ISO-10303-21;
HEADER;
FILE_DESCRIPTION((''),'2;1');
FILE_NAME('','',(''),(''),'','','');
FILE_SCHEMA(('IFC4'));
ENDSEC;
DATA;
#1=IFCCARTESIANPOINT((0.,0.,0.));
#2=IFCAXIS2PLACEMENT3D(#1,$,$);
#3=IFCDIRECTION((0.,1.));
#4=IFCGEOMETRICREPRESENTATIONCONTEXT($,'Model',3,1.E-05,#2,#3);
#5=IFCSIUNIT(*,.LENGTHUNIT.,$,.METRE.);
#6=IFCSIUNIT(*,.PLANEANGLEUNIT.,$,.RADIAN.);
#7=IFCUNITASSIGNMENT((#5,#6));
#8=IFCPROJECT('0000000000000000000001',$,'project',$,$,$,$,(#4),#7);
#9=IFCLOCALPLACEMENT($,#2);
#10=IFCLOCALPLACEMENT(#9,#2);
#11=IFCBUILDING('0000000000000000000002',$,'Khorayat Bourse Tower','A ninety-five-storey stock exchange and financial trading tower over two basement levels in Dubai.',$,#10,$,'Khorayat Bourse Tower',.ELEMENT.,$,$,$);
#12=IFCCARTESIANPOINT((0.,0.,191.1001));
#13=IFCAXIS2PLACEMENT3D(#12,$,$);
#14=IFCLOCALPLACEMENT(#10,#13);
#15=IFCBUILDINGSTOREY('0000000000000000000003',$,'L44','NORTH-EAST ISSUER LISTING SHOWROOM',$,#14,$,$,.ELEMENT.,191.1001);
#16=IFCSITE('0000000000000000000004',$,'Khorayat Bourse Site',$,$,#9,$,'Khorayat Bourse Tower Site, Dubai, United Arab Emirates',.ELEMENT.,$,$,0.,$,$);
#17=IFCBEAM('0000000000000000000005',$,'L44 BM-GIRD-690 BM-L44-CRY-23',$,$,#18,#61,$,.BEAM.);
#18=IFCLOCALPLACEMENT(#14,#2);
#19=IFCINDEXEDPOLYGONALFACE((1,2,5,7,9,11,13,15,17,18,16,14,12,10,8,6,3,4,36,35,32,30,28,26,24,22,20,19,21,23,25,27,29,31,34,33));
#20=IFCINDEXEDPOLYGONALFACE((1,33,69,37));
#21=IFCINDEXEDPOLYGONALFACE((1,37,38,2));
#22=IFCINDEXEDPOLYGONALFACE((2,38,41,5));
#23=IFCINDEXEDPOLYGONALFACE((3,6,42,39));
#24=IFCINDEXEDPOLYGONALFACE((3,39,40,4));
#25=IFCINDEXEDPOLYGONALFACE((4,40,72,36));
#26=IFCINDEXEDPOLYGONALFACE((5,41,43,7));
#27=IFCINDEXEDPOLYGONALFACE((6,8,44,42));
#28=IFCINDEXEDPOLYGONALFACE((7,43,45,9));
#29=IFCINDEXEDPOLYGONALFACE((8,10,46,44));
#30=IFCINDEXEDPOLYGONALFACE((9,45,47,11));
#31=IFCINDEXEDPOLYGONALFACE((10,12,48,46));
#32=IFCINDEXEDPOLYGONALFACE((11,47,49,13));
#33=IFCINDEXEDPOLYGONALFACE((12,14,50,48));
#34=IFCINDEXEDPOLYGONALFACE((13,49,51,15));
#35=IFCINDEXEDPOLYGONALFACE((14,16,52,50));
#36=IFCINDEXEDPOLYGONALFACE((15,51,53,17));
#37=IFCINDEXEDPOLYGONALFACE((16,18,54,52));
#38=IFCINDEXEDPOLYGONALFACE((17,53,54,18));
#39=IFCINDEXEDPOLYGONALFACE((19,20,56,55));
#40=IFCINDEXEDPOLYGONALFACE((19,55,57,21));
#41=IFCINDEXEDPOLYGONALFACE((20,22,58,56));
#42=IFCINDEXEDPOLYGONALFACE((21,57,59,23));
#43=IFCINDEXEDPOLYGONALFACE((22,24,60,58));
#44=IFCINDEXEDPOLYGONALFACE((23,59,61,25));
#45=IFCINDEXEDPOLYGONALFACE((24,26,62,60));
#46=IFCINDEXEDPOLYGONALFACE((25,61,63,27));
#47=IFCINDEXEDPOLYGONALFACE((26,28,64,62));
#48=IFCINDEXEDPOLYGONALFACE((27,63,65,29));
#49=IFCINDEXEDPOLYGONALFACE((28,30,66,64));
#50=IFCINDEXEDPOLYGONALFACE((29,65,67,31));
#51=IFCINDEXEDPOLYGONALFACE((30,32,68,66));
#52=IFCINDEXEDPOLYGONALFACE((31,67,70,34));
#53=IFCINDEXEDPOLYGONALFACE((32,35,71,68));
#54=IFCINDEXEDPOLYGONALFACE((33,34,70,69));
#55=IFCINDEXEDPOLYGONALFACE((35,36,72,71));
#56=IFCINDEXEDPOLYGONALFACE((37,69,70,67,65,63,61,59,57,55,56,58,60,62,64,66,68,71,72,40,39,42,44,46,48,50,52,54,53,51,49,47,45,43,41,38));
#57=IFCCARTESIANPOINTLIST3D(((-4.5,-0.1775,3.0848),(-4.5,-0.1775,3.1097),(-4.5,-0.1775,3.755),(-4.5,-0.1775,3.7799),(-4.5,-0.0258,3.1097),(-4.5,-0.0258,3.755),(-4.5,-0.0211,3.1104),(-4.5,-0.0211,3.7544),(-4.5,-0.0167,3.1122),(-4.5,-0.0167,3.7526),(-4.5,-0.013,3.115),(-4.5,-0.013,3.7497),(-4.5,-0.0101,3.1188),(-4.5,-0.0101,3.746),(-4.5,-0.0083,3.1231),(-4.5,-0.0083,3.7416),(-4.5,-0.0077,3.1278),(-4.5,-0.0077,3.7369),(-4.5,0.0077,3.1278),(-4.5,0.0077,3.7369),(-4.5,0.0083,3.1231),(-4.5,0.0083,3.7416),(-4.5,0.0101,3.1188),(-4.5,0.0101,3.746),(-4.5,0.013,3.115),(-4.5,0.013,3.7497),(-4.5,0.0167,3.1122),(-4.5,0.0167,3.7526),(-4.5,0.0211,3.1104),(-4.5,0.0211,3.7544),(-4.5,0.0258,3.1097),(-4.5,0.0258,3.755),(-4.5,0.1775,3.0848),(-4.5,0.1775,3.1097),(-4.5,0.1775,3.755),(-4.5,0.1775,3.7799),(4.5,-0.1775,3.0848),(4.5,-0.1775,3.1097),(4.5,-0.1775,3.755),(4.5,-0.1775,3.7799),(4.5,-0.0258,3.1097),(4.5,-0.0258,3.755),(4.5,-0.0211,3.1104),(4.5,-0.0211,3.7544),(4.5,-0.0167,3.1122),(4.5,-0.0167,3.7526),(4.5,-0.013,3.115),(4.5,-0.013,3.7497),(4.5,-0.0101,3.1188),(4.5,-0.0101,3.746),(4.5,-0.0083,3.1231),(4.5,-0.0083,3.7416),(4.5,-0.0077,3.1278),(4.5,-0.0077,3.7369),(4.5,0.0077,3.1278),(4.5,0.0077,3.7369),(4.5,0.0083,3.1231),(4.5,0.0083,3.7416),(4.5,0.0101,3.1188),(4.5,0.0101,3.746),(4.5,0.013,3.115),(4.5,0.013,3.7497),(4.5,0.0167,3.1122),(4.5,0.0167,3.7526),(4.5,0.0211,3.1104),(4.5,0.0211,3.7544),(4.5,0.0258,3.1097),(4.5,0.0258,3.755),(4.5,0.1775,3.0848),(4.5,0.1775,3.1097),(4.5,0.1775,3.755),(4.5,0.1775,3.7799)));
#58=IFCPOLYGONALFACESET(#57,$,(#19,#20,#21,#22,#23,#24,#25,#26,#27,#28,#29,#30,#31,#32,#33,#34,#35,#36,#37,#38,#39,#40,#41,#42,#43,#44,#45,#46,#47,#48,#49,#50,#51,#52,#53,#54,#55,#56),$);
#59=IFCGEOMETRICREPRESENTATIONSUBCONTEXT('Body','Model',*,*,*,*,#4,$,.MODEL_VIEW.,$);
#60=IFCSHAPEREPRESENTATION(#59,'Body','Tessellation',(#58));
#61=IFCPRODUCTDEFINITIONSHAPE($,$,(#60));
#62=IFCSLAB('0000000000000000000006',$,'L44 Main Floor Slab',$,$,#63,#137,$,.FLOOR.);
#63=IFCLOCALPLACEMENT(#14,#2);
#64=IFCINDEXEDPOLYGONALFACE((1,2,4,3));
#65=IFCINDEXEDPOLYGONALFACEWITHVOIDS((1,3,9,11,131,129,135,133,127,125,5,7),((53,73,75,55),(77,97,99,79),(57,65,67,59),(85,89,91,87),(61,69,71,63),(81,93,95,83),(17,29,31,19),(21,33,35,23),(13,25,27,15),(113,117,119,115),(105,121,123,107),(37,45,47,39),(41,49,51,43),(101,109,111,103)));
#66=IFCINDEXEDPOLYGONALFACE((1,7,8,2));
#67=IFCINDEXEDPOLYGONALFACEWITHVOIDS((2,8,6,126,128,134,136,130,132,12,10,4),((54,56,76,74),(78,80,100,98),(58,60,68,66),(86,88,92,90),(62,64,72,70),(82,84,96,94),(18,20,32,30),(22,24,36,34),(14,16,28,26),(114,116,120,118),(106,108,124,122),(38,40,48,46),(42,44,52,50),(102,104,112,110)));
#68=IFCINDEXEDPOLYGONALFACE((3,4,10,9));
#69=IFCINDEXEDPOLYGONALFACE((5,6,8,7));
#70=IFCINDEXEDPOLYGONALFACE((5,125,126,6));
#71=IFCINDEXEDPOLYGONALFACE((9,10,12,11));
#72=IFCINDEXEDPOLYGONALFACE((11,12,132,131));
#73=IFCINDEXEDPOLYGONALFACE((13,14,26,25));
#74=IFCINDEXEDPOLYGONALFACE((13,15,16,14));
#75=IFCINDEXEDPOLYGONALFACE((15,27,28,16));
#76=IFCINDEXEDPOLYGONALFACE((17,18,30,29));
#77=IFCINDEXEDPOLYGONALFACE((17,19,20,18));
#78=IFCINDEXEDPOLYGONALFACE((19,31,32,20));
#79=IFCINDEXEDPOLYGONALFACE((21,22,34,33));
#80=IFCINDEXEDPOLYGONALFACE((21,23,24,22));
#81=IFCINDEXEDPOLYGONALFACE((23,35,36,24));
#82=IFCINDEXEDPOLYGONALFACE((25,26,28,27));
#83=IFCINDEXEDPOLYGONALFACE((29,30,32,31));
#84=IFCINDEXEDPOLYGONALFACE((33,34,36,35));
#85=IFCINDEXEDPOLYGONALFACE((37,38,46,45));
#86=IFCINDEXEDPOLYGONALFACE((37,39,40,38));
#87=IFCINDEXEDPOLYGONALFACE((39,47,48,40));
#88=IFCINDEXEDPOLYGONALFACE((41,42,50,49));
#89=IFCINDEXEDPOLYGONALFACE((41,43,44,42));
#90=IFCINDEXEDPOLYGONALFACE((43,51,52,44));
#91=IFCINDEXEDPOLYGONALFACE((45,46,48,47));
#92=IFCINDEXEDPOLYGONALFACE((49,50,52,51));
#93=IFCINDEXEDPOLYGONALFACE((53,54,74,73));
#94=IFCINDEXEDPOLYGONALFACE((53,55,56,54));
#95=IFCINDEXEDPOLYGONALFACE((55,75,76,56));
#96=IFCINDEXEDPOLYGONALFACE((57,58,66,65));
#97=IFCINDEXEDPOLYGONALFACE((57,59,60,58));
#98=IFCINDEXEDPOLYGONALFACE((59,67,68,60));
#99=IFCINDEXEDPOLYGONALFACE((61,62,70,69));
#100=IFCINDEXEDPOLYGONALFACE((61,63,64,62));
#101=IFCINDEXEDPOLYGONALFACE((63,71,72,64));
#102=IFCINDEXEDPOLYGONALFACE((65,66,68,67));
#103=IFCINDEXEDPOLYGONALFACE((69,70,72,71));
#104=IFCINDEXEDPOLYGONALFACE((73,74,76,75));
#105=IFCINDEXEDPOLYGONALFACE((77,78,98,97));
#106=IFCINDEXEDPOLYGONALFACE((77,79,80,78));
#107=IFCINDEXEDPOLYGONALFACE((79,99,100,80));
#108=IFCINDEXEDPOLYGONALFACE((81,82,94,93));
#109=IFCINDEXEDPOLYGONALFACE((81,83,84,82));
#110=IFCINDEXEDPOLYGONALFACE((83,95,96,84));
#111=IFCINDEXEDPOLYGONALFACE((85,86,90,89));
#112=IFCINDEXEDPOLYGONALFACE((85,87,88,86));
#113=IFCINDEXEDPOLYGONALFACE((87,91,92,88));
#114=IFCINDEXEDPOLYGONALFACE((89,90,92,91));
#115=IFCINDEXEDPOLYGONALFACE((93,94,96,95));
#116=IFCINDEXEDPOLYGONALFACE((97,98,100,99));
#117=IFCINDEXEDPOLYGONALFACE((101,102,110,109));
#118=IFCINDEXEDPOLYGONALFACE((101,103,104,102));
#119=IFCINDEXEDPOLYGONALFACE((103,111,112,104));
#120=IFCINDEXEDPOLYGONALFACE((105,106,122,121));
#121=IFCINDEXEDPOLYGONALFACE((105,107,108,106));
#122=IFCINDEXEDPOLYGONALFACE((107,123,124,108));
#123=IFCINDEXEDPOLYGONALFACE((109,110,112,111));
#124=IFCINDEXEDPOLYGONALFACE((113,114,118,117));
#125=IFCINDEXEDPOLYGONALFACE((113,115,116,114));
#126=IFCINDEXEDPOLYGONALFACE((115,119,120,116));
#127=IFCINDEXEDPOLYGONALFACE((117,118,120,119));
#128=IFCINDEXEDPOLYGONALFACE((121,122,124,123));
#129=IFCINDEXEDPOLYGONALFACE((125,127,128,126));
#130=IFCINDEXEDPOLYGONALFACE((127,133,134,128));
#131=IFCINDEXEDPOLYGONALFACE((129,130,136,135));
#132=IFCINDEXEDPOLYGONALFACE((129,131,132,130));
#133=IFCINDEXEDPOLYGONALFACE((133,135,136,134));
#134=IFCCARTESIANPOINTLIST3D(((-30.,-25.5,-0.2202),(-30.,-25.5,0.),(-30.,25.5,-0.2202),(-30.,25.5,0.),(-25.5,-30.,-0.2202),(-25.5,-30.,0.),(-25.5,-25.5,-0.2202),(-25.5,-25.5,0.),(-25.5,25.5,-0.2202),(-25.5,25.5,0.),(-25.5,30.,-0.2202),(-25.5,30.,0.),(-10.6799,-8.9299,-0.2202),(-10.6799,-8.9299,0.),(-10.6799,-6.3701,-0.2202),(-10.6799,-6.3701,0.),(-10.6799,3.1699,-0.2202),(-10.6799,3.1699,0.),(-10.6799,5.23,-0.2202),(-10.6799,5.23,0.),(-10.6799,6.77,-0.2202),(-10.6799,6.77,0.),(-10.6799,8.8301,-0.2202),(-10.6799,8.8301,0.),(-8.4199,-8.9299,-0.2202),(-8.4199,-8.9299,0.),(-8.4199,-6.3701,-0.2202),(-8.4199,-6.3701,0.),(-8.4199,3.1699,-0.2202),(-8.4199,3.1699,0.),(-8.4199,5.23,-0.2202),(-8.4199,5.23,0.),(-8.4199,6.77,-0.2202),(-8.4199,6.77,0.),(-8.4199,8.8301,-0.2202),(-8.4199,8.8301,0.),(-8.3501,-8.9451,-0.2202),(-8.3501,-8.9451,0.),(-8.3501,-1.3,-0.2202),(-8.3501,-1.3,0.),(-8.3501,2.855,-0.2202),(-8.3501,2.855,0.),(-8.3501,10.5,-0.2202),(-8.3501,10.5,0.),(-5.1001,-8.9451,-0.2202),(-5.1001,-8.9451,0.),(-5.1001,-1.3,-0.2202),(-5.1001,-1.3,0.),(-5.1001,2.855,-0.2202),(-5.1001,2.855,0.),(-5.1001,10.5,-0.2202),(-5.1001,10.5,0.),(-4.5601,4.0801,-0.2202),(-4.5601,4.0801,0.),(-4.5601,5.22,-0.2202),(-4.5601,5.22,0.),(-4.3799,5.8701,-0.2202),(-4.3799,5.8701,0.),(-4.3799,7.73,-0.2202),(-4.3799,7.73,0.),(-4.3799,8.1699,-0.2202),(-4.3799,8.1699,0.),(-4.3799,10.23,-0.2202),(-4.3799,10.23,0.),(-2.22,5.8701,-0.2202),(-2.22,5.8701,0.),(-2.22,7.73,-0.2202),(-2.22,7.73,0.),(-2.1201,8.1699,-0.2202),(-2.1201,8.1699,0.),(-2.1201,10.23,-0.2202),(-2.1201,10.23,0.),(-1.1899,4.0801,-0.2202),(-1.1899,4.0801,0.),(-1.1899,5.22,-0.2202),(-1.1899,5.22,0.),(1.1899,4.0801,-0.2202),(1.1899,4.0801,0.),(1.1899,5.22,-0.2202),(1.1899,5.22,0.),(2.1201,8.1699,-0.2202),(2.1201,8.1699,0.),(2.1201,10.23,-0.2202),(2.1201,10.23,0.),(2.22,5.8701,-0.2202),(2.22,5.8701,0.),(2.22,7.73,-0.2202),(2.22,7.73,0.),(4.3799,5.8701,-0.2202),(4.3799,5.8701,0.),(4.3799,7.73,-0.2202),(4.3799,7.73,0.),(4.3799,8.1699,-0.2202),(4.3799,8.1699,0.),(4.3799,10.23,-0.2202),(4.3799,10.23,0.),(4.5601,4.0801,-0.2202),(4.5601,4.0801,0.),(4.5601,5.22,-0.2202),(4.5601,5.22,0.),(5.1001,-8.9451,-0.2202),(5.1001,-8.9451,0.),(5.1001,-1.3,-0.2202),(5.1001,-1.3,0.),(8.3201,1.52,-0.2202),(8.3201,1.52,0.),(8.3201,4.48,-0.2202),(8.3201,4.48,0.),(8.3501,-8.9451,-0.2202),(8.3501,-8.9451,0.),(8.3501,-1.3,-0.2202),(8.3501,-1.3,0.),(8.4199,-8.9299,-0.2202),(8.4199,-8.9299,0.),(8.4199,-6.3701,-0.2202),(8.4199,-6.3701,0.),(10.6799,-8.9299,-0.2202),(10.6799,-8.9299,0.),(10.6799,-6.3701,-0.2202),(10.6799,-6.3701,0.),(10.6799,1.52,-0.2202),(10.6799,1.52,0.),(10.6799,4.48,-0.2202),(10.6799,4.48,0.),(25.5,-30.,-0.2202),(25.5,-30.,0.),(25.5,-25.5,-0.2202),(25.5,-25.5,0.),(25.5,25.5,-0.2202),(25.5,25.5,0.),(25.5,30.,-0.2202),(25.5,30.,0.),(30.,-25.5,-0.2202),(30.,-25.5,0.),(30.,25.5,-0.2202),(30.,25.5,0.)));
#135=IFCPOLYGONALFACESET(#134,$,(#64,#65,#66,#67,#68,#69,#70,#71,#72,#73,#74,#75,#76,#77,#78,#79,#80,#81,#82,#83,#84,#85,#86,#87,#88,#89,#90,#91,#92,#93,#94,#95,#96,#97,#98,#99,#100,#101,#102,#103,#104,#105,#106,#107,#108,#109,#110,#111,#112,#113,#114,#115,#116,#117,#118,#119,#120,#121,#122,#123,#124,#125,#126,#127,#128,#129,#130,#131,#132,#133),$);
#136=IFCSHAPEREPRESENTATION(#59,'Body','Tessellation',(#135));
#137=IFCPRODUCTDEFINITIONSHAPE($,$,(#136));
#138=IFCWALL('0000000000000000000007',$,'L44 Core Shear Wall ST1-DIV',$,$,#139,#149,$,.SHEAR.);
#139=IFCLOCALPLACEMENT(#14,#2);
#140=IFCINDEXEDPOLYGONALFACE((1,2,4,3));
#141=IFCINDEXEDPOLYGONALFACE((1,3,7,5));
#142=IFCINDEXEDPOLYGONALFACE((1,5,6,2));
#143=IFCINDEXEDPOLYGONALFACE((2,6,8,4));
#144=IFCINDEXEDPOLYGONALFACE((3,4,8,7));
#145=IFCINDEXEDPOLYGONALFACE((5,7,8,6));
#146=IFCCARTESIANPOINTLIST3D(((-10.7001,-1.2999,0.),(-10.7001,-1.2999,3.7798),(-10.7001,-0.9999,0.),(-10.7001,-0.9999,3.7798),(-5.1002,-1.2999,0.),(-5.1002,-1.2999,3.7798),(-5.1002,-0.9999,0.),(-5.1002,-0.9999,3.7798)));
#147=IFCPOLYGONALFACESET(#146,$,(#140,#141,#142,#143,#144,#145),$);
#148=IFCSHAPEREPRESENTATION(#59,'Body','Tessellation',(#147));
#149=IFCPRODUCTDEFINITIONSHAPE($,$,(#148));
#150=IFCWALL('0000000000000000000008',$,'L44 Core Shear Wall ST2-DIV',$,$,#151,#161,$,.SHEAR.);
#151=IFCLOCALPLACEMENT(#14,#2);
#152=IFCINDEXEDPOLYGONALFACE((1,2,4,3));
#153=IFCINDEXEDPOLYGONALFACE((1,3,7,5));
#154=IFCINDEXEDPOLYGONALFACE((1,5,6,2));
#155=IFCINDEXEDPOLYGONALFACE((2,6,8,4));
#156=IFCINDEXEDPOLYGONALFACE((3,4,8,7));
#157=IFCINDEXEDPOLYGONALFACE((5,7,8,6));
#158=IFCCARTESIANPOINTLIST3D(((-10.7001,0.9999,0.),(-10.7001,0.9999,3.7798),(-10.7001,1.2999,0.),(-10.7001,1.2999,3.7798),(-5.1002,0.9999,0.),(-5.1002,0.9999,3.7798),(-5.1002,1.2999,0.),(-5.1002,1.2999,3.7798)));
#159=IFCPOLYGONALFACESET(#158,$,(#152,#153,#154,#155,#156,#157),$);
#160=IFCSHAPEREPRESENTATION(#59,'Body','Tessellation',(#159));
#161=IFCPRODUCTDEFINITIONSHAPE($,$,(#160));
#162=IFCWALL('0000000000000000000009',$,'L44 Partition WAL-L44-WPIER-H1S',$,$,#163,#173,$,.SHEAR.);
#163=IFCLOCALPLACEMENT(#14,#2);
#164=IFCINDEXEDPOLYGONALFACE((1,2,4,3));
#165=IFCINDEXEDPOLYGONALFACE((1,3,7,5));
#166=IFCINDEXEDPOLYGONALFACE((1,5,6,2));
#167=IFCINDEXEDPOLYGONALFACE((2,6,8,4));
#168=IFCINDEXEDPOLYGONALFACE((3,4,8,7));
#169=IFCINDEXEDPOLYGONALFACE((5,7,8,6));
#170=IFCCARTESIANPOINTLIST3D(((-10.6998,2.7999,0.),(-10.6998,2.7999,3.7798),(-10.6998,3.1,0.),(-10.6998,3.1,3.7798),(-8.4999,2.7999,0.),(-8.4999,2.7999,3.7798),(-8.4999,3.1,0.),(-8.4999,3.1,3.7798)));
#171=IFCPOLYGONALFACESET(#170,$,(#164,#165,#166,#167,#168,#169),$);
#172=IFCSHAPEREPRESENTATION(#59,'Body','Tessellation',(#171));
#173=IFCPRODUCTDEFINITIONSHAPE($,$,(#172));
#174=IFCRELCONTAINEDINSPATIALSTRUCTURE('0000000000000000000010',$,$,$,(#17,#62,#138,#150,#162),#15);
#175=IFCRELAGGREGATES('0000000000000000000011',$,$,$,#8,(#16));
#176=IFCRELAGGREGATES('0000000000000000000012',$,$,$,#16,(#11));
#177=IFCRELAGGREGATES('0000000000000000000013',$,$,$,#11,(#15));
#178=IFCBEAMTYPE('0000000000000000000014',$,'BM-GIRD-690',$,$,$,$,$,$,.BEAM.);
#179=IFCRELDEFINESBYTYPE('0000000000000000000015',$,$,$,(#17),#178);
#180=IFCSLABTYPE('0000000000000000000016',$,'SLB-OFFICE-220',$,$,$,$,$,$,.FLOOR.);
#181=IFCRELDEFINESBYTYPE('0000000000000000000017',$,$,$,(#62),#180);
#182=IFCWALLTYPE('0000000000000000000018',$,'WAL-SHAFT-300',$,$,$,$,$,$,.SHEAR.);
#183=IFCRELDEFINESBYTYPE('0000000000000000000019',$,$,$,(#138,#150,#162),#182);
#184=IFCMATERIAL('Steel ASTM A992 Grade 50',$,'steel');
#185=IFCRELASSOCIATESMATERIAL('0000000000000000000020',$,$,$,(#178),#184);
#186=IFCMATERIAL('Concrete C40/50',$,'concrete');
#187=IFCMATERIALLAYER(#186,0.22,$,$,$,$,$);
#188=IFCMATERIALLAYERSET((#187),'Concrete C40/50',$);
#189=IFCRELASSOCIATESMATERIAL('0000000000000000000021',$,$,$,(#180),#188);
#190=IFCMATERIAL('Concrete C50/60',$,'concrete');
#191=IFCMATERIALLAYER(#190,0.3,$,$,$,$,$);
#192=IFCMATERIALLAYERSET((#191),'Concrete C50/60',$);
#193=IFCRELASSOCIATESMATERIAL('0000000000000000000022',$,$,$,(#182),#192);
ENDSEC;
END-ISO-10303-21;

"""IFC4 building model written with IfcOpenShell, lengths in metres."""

from ifc_helpers import new_model, si_unit, direction, frame, frame_2d, origin, origin_2d, place, context, subcontext, project, spatial, polyline, rectangle, i_section, outline, extrude, source, transform, mapped, material, layer, layer_set, material_profile, profile_set, type_object, element, save


model = new_model("IFC4")

# Units and contexts
model_context = context("Model", 3, precision=1e-05, world=origin(), true_north=direction((0.0, 1.0)))
body_context = subcontext(model_context, "Body", "Model", "MODEL_VIEW")
ifc_project = project(units=[si_unit("LENGTHUNIT", "METRE"), si_unit("PLANEANGLEUNIT", "RADIAN")], contexts=[model_context])

# Site, building, storey
site_placement = place(None, origin())
site = spatial("IfcSite", under=ifc_project, at=site_placement, Name="Khorayat Bourse Site", LongName="Khorayat Bourse Tower Site, Dubai, United Arab Emirates", CompositionType="ELEMENT", RefElevation=0.0)
building_placement = place(site_placement, origin())
building = spatial("IfcBuilding", under=site, at=building_placement, Name="Khorayat Bourse Tower", Description="A ninety-five-storey stock exchange and financial trading tower over two basement levels in Dubai.", LongName="Khorayat Bourse Tower", CompositionType="ELEMENT")
storey_placement = place(building_placement, frame((0.0, 0.0, 191.1001)))
storey = spatial("IfcBuildingStorey", under=building, at=storey_placement, Name="L44", Description="NORTH-EAST ISSUER LISTING SHOWROOM", CompositionType="ELEMENT", Elevation=191.1001)

# Beam
ifc_material_1 = material(Name="Steel ASTM A992 Grade 50", Category="steel")
ifc_material_profile_1 = material_profile(ifc_material_1, i_section(OverallWidth=0.355, OverallDepth=0.6951, WebThickness=0.0154, FlangeThickness=0.0249, FilletRadius=0.0181, at=origin_2d()), Name="W690X217")
ifc_profile_set_1 = profile_set([ifc_material_profile_1], Name="Steel ASTM A992 Grade 50")
beam_type = type_object("IfcBeamType", Name="BM-GIRD-690", PredefinedType="BEAM", material=ifc_profile_set_1)
shared_shape_1 = source(origin(), body_context, "Body", "SweptSolid", [
    extrude(i_section(OverallWidth=0.355, OverallDepth=0.6951, WebThickness=0.0154, FlangeThickness=0.0249, FilletRadius=0.0181, at=origin_2d()), origin(), (0.0, 0.0, 1.0), 9.0),
])
beam_1_placement = place(storey_placement, frame((-4.5, 0.0, 3.4324), z_axis=(1.0, 0.0, 0.0), x_axis=(0.0, 1.0, 0.0)))
element("IfcBeam", 1, at=beam_1_placement, inside=storey, type_object=beam_type, Name="L44 BM-GIRD-690 BM-L44-CRY-23", PredefinedType="BEAM", context=body_context, shape_type="MappedRepresentation", body=[
    mapped(shared_shape_1, transform((0.0, 0.0, 0.0), scale=1.0)),
])

# Slab
ifc_material_2 = material(Name="Concrete C40/50", Category="concrete")
ifc_layer_1 = layer(ifc_material_2, 0.22)
ifc_layer_set_1 = layer_set([ifc_layer_1], Name="Concrete C40/50")
slab_type = type_object("IfcSlabType", Name="SLB-OFFICE-220", PredefinedType="FLOOR", material=ifc_layer_set_1)
slab_placement = place(storey_placement, frame((0.0, 0.0, -0.2202)))
element("IfcSlab", 2, at=slab_placement, inside=storey, type_object=slab_type, Name="L44 Main Floor Slab", PredefinedType="FLOOR", context=body_context, shape_type="SweptSolid", body=[
    extrude(outline(polyline([(-25.5, -30.0), (25.5, -30.0), (25.5, -25.5), (30.0, -25.5), (30.0, 25.5), (25.5, 25.5), (25.5, 30.0), (-25.5, 30.0), (-25.5, 25.5), (-30.0, 25.5), (-30.0, -25.5), (-25.5, -25.5), (-25.5, -30.0)]), holes=[polyline([(-8.3501, -8.9451), (-5.1001, -8.9451), (-5.1001, -1.3), (-8.3501, -1.3), (-8.3501, -8.9451)]), polyline([(-8.3501, 2.855), (-5.1001, 2.855), (-5.1001, 10.5), (-8.3501, 10.5), (-8.3501, 2.855)]), polyline([(5.1001, -8.9451), (8.3501, -8.9451), (8.3501, -1.3), (5.1001, -1.3), (5.1001, -8.9451)]), polyline([(-4.3799, 8.1699), (-2.1201, 8.1699), (-2.1201, 10.23), (-4.3799, 10.23), (-4.3799, 8.1699)]), polyline([(2.1201, 8.1699), (4.3799, 8.1699), (4.3799, 10.23), (2.1201, 10.23), (2.1201, 8.1699)]), polyline([(-4.3799, 5.8701), (-2.22, 5.8701), (-2.22, 7.73), (-4.3799, 7.73), (-4.3799, 5.8701)]), polyline([(2.22, 5.8701), (4.3799, 5.8701), (4.3799, 7.73), (2.22, 7.73), (2.22, 5.8701)]), polyline([(-10.6799, 3.1699), (-8.4199, 3.1699), (-8.4199, 5.23), (-10.6799, 5.23), (-10.6799, 3.1699)]), polyline([(-10.6799, 6.77), (-8.4199, 6.77), (-8.4199, 8.8301), (-10.6799, 8.8301), (-10.6799, 6.77)]), polyline([(-10.6799, -8.9299), (-8.4199, -8.9299), (-8.4199, -6.3701), (-10.6799, -6.3701), (-10.6799, -8.9299)]), polyline([(8.4199, -8.9299), (10.6799, -8.9299), (10.6799, -6.3701), (8.4199, -6.3701), (8.4199, -8.9299)]), polyline([(8.3201, 1.52), (10.6799, 1.52), (10.6799, 4.48), (8.3201, 4.48), (8.3201, 1.52)]), polyline([(-4.5601, 4.0801), (-1.1899, 4.0801), (-1.1899, 5.22), (-4.5601, 5.22), (-4.5601, 4.0801)]), polyline([(1.1899, 4.0801), (4.5601, 4.0801), (4.5601, 5.22), (1.1899, 5.22), (1.1899, 4.0801)])]), origin(), (0.0, 0.0, 1.0), 0.2202),
])

# Walls
ifc_material_3 = material(Name="Concrete C50/60", Category="concrete")
ifc_layer_2 = layer(ifc_material_3, 0.3)
ifc_layer_set_2 = layer_set([ifc_layer_2], Name="Concrete C50/60")
wall_type_1 = type_object("IfcWallType", Name="WAL-SHAFT-300", PredefinedType="SHEAR", material=ifc_layer_set_2)
shared_shape_2 = source(origin(), body_context, "Body", "SweptSolid", [
    extrude(rectangle(XDim=5.5999, YDim=0.3, at=frame_2d((2.7998, 0.0))), origin(), (0.0, 0.0, 1.0), 3.7798),
])
for number, where, z_axis, x_axis, name in (
    (3, (-10.7, -1.1499, 0.0), (0.0, 0.0, 1.0), (1.0, 0.0, 0.0), "L44 Core Shear Wall ST1-DIV"),
    (4, (-10.7, 1.1499, 0.0), (0.0, 0.0, 1.0), (1.0, 0.0, 0.0), "L44 Core Shear Wall ST2-DIV"),
):
    element("IfcWall", number, at=place(storey_placement, frame(where, z_axis=z_axis, x_axis=x_axis)), inside=storey, type_object=wall_type_1, Name=name, PredefinedType="SHEAR", context=body_context, shape_type="MappedRepresentation", body=[
        mapped(shared_shape_2, transform((0.0, 0.0, 0.0), scale=1.0)),
    ])
shared_shape_3 = source(origin(), body_context, "Body", "SweptSolid", [
    extrude(rectangle(XDim=2.2, YDim=0.3, at=frame_2d((1.1001, 0.0))), origin(), (0.0, 0.0, 1.0), 3.7798),
])
for number, where, z_axis, x_axis, name in (
    (5, (-10.7, 2.95, 0.0), (0.0, 0.0, 1.0), (1.0, 0.0, 0.0), "L44 Partition WAL-L44-WPIER-H1S"),
):
    element("IfcWall", number, at=place(storey_placement, frame(where, z_axis=z_axis, x_axis=x_axis)), inside=storey, type_object=wall_type_1, Name=name, PredefinedType="SHEAR", context=body_context, shape_type="MappedRepresentation", body=[
        mapped(shared_shape_3, transform((0.0, 0.0, 0.0), scale=1.0)),
    ])

save(model, "model.ifc")
